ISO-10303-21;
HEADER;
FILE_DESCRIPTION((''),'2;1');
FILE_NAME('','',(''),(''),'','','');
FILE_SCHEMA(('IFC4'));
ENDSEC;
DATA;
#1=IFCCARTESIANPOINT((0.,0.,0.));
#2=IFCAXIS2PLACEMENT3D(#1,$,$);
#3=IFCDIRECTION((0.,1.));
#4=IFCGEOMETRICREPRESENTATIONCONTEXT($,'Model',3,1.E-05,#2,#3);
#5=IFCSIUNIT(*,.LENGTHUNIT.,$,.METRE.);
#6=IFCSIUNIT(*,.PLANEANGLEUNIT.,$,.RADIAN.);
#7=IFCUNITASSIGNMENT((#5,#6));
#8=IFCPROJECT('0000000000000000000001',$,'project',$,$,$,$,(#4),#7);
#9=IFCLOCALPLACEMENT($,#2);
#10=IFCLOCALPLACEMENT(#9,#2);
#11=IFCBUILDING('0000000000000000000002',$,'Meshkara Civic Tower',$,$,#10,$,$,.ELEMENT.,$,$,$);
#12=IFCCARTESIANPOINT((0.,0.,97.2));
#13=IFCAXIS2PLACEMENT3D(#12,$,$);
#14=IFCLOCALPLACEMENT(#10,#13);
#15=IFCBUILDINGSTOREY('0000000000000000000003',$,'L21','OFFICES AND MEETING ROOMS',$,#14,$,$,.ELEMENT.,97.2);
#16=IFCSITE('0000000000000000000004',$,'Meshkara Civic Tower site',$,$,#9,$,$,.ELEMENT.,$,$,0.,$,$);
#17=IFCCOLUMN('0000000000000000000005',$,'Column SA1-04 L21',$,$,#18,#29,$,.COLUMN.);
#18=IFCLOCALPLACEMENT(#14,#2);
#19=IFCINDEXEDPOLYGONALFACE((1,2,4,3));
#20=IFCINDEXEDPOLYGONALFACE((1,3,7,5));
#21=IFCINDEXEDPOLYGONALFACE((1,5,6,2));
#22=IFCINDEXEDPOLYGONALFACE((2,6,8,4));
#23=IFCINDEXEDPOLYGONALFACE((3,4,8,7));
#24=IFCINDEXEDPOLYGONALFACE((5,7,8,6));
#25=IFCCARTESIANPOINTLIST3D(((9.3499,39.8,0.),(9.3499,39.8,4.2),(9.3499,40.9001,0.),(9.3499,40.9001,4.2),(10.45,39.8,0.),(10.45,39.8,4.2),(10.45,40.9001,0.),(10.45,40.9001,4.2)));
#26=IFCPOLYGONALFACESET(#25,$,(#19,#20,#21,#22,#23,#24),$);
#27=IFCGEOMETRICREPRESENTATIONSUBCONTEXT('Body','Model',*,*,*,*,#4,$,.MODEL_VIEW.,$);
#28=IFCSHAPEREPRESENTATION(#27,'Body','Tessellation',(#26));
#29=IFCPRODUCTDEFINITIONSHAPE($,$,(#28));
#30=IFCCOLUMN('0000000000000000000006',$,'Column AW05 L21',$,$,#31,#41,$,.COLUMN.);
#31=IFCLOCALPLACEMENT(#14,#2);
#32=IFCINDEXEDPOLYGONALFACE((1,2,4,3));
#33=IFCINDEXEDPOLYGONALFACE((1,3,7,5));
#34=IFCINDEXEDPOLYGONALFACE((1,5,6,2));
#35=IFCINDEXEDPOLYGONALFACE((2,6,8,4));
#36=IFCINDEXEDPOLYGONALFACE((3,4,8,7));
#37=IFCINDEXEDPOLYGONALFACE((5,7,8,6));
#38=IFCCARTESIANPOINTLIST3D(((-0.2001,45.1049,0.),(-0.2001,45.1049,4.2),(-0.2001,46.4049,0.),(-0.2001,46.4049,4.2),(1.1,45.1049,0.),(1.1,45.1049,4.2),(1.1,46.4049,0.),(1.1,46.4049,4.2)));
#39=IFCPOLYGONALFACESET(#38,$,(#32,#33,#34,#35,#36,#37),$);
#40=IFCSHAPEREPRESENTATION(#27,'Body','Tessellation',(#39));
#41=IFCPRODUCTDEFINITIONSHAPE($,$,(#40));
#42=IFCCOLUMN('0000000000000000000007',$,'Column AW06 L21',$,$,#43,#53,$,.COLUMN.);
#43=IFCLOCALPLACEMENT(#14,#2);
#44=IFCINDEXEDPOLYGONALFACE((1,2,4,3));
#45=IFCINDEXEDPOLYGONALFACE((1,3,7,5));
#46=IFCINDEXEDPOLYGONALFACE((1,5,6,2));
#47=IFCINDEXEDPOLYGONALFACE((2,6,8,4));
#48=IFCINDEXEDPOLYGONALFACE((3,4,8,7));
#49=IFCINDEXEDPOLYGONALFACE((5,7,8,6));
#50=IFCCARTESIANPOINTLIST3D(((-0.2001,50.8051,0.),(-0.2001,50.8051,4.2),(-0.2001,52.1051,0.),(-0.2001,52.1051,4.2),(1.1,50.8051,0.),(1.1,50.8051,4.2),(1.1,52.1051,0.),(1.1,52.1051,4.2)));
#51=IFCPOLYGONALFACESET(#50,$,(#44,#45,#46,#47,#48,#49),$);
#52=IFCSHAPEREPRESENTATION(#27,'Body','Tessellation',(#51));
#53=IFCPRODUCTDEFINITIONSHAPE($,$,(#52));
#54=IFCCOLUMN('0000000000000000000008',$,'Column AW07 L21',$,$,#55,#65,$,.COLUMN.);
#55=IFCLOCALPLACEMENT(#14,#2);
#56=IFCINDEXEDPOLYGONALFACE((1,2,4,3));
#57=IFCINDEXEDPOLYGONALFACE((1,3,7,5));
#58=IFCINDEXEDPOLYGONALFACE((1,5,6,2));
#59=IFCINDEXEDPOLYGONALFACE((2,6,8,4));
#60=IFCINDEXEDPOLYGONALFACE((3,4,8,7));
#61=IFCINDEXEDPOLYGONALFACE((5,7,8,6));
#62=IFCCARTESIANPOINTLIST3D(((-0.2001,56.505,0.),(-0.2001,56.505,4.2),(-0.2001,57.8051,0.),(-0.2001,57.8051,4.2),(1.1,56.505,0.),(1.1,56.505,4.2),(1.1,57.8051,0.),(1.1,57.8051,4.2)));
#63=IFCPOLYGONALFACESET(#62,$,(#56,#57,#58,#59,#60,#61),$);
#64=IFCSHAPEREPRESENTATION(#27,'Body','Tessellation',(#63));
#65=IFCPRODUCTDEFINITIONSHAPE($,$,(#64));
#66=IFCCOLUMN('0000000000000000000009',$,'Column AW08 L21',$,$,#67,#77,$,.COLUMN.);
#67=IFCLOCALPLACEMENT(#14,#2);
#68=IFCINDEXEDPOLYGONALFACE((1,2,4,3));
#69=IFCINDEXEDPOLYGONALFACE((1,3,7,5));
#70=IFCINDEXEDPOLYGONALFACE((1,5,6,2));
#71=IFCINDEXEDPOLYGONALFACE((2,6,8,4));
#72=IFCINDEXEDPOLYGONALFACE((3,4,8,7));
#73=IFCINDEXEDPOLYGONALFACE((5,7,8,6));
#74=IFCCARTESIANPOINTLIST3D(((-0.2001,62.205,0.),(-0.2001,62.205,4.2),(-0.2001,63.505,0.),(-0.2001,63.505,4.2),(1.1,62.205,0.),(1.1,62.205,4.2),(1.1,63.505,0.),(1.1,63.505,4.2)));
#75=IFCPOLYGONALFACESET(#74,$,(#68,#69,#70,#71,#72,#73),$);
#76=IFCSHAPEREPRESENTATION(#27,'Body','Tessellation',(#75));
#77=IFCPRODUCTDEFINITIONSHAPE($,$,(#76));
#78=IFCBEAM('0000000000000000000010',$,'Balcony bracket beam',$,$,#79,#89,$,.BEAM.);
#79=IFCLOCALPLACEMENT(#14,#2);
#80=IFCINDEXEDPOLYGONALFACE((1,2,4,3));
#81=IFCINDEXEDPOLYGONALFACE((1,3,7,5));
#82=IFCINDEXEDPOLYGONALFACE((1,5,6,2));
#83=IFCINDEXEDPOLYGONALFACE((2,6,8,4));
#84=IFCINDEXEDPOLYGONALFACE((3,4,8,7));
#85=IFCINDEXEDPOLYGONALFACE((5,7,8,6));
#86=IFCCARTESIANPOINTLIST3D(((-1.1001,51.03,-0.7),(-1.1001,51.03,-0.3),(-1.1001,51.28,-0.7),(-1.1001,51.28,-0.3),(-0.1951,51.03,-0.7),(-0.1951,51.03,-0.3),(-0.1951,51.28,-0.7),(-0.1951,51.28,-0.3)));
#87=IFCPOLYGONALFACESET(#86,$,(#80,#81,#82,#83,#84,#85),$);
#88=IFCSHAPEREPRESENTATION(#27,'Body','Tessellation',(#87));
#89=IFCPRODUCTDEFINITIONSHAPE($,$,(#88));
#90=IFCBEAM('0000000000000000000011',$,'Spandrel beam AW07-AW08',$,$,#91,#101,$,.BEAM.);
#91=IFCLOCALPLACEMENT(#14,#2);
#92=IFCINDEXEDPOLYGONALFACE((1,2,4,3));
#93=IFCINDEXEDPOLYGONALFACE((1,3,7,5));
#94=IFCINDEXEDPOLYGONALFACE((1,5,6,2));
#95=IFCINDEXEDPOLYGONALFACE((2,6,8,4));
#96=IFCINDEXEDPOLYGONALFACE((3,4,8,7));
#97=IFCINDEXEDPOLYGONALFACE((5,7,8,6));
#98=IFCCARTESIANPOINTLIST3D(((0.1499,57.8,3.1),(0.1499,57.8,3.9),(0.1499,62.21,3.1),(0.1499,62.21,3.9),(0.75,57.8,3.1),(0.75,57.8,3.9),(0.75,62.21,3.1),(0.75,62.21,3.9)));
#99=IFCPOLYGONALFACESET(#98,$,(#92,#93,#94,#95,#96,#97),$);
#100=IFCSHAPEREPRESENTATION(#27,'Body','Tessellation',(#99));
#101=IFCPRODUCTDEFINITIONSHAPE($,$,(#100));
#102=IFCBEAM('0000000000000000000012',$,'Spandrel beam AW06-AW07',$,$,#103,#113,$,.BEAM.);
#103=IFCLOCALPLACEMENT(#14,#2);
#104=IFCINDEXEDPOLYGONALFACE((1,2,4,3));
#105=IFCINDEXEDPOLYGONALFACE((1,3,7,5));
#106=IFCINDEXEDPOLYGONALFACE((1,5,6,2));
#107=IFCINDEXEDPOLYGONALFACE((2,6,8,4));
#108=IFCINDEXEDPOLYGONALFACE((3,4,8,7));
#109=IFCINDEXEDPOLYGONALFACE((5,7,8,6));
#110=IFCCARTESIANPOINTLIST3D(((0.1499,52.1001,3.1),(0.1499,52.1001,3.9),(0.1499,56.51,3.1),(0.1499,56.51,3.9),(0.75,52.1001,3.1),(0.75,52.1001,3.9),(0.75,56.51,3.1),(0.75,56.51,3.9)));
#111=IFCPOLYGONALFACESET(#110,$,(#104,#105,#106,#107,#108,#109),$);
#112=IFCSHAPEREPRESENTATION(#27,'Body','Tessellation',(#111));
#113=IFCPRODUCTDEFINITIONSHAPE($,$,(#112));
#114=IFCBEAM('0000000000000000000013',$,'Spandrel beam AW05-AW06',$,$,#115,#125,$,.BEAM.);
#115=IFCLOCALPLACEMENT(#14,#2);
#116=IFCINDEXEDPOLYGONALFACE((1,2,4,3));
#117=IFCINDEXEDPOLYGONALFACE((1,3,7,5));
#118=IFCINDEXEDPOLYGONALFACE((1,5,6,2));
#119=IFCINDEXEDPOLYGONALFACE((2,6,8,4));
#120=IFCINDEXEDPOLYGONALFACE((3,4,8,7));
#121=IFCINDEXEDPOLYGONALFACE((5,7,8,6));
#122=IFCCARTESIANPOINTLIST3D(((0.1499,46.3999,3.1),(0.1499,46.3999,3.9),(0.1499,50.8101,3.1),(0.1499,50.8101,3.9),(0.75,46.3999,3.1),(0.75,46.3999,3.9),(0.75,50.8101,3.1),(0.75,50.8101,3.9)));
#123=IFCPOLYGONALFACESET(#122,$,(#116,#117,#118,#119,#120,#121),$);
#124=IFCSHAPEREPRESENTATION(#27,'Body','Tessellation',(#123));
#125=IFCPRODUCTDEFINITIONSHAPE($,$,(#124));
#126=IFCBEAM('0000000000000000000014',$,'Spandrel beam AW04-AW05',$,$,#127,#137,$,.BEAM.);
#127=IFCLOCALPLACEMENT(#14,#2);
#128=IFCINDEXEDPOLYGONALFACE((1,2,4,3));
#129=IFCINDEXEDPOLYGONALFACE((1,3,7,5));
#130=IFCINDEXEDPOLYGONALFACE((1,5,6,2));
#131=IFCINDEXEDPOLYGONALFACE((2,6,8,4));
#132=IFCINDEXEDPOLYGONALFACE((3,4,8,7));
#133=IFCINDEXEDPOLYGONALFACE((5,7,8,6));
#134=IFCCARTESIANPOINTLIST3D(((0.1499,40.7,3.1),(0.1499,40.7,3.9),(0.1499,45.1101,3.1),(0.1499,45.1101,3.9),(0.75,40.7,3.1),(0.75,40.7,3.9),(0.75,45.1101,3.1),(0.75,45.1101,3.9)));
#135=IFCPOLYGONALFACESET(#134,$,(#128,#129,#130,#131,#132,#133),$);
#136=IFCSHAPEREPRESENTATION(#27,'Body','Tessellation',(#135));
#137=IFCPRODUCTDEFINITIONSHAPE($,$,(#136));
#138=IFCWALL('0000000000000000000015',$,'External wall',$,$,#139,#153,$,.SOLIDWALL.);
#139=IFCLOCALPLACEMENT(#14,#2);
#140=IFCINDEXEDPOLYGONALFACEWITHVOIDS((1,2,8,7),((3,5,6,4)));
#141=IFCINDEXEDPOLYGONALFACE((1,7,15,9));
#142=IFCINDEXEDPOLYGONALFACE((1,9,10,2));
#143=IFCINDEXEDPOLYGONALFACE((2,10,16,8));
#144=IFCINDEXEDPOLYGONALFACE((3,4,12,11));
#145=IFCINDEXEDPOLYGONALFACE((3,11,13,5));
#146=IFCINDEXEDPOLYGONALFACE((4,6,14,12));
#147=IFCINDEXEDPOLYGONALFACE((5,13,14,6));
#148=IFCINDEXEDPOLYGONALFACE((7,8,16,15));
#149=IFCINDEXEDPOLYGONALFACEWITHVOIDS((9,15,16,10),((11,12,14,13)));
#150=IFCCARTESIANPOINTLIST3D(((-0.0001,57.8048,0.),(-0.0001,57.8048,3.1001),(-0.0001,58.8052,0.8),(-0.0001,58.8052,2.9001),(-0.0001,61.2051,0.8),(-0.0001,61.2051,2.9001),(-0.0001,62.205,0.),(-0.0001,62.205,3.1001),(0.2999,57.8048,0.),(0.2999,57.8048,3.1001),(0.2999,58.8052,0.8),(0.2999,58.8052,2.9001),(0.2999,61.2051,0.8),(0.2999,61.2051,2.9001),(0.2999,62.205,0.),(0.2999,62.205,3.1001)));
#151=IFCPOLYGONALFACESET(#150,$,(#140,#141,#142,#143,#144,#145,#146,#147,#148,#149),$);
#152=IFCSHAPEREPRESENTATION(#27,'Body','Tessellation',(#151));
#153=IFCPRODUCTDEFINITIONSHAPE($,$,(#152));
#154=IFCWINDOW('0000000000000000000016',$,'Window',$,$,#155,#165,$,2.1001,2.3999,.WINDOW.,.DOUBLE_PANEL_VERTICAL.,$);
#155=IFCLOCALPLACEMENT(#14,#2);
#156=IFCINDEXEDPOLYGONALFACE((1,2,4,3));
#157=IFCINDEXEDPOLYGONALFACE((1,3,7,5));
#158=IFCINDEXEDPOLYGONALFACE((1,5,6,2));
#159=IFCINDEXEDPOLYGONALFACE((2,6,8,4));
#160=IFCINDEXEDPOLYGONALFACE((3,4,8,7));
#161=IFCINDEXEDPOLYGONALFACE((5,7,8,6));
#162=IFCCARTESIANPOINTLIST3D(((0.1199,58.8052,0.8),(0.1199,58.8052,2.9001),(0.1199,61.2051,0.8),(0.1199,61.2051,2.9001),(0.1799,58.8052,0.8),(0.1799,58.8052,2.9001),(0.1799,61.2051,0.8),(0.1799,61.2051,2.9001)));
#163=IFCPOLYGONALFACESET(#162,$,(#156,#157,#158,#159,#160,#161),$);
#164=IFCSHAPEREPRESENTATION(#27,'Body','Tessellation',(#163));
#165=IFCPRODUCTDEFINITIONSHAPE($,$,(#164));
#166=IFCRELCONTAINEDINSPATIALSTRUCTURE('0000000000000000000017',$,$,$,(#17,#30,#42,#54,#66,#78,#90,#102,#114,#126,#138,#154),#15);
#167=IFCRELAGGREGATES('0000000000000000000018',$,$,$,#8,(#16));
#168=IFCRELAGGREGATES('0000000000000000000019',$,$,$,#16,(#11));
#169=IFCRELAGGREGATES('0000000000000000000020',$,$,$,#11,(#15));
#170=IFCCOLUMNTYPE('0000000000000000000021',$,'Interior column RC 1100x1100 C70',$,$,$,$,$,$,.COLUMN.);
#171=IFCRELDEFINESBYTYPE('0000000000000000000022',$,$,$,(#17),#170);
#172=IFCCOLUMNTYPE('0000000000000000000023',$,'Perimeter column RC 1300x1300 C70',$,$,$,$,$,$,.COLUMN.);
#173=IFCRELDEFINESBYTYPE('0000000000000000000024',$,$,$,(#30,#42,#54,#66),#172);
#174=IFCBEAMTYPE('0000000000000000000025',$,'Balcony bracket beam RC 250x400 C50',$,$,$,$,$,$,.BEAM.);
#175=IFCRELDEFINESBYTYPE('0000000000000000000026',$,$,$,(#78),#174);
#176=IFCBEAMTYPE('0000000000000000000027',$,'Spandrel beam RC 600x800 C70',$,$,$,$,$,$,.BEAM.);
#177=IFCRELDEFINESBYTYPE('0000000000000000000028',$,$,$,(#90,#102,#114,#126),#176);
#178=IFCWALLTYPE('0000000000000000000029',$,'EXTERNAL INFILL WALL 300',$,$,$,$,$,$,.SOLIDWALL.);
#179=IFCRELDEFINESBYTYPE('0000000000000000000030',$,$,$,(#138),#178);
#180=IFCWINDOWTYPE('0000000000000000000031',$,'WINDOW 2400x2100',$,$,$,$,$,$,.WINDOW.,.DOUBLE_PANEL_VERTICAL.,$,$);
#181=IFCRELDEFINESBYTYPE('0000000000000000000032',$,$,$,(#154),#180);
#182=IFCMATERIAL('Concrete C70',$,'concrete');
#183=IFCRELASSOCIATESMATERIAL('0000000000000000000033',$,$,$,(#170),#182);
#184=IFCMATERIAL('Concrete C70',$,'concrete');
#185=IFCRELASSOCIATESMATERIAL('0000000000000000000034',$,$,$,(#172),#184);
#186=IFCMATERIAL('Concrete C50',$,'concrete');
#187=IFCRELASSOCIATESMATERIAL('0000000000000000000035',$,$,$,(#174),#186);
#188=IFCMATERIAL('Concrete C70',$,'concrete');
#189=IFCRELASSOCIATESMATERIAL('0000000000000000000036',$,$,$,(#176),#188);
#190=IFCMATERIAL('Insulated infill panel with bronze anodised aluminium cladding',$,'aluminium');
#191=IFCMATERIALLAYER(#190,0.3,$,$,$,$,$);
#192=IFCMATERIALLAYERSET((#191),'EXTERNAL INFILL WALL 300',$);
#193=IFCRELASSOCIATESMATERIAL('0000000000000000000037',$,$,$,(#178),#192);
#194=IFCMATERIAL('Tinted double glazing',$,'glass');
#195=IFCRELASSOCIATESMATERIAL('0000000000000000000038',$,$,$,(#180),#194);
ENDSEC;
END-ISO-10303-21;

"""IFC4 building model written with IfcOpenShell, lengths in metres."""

from ifc_helpers import new_model, si_unit, direction, frame, frame_2d, origin, origin_2d, place, context, subcontext, project, spatial, rectangle, extrude, material, layer, layer_set, material_profile, profile_set, type_object, element, fill, save


model = new_model("IFC4")

# Units and contexts
model_context = context("Model", 3, precision=1e-05, world=origin(), true_north=direction((0.0, 1.0)))
body_context = subcontext(model_context, "Body", "Model", "MODEL_VIEW")
ifc_project = project(units=[si_unit("LENGTHUNIT", "METRE"), si_unit("PLANEANGLEUNIT", "RADIAN")], contexts=[model_context])

# Site, building, storey
site_placement = place(None, origin())
site = spatial("IfcSite", under=ifc_project, at=site_placement, Name="Meshkara Civic Tower site", CompositionType="ELEMENT", RefElevation=0.0)
building_placement = place(site_placement, origin())
building = spatial("IfcBuilding", under=site, at=building_placement, Name="Meshkara Civic Tower", CompositionType="ELEMENT")
storey_placement = place(building_placement, frame((0.0, 0.0, 97.2)))
storey = spatial("IfcBuildingStorey", under=building, at=storey_placement, Name="L21", Description="OFFICES AND MEETING ROOMS", CompositionType="ELEMENT", Elevation=97.2)

# Columns
ifc_material_1 = material(Name="Concrete C70", Category="concrete")
ifc_material_profile_1 = material_profile(ifc_material_1, rectangle(XDim=1.1001, YDim=1.1001, at=origin_2d()))
ifc_profile_set_1 = profile_set([ifc_material_profile_1], Name="Concrete C70")
column_type_1 = type_object("IfcColumnType", Name="Interior column RC 1100x1100 C70", PredefinedType="COLUMN", material=ifc_profile_set_1)
column_placement = place(storey_placement, frame((9.8999, 40.3501, 0.0), z_axis=(0.0, 0.0, 1.0), x_axis=(1.0, 0.0, 0.0)))
element("IfcColumn", 1, at=column_placement, inside=storey, type_object=column_type_1, Name="Column SA1-04 L21", PredefinedType="COLUMN", context=body_context, shape_type="SweptSolid", body=[
    extrude(rectangle(XDim=1.1001, YDim=1.1001, at=origin_2d()), origin(), (0.0, 0.0, 1.0), 4.2),
])
ifc_material_2 = material(Name="Concrete C70", Category="concrete")
ifc_material_profile_2 = material_profile(ifc_material_2, rectangle(XDim=1.3, YDim=1.3, at=origin_2d()))
ifc_profile_set_2 = profile_set([ifc_material_profile_2], Name="Concrete C70")
column_type_2 = type_object("IfcColumnType", Name="Perimeter column RC 1300x1300 C70", PredefinedType="COLUMN", material=ifc_profile_set_2)
for number, where, z_axis, x_axis, name in (
    (2, (0.45, 45.7549, 0.0), (0.0, 0.0, 1.0), (1.0, 0.0, 0.0), "Column AW05 L21"),
    (3, (0.45, 51.4551, 0.0), (0.0, 0.0, 1.0), (1.0, 0.0, 0.0), "Column AW06 L21"),
    (4, (0.45, 57.155, 0.0), (0.0, 0.0, 1.0), (1.0, 0.0, 0.0), "Column AW07 L21"),
    (5, (0.45, 62.855, 0.0), (0.0, 0.0, 1.0), (1.0, 0.0, 0.0), "Column AW08 L21"),
):
    element("IfcColumn", number, at=place(storey_placement, frame(where, z_axis=z_axis, x_axis=x_axis)), inside=storey, type_object=column_type_2, Name=name, PredefinedType="COLUMN", context=body_context, shape_type="SweptSolid", body=[
        extrude(rectangle(XDim=1.3, YDim=1.3, at=origin_2d()), origin(), (0.0, 0.0, 1.0), 4.2),
    ])

# Beams
ifc_material_3 = material(Name="Concrete C50", Category="concrete")
ifc_material_profile_3 = material_profile(ifc_material_3, rectangle(XDim=0.25, YDim=0.3999, at=origin_2d()))
ifc_profile_set_3 = profile_set([ifc_material_profile_3], Name="Concrete C50")
beam_type_1 = type_object("IfcBeamType", Name="Balcony bracket beam RC 250x400 C50", PredefinedType="BEAM", material=ifc_profile_set_3)
beam_placement = place(storey_placement, frame((-0.1951, 51.155, -0.5), z_axis=(-1.0, 0.0, 0.0), x_axis=(0.0, -1.0, 0.0)))
element("IfcBeam", 6, at=beam_placement, inside=storey, type_object=beam_type_1, Name="Balcony bracket beam", PredefinedType="BEAM", context=body_context, shape_type="SweptSolid", body=[
    extrude(rectangle(XDim=0.25, YDim=0.3999, at=origin_2d()), origin(), (0.0, 0.0, 1.0), 0.905),
])
ifc_material_4 = material(Name="Concrete C70", Category="concrete")
ifc_material_profile_4 = material_profile(ifc_material_4, rectangle(XDim=0.6001, YDim=0.8, at=origin_2d()))
ifc_profile_set_4 = profile_set([ifc_material_profile_4], Name="Concrete C70")
beam_type_2 = type_object("IfcBeamType", Name="Spandrel beam RC 600x800 C70", PredefinedType="BEAM", material=ifc_profile_set_4)
for number, where, z_axis, x_axis, name in (
    (7, (0.45, 62.21, 3.5), (0.0, -1.0, 0.0), (1.0, 0.0, 0.0), "Spandrel beam AW07-AW08"),
    (8, (0.45, 56.51, 3.5), (0.0, -1.0, 0.0), (1.0, 0.0, 0.0), "Spandrel beam AW06-AW07"),
):
    element("IfcBeam", number, at=place(storey_placement, frame(where, z_axis=z_axis, x_axis=x_axis)), inside=storey, type_object=beam_type_2, Name=name, PredefinedType="BEAM", context=body_context, shape_type="SweptSolid", body=[
        extrude(rectangle(XDim=0.6001, YDim=0.8, at=origin_2d()), origin(), (0.0, 0.0, 1.0), 4.4099),
    ])
for number, where, z_axis, x_axis, name in (
    (9, (0.45, 50.8101, 3.5), (0.0, -1.0, 0.0), (1.0, 0.0, 0.0), "Spandrel beam AW05-AW06"),
    (10, (0.45, 45.1101, 3.5), (0.0, -1.0, 0.0), (1.0, 0.0, 0.0), "Spandrel beam AW04-AW05"),
):
    element("IfcBeam", number, at=place(storey_placement, frame(where, z_axis=z_axis, x_axis=x_axis)), inside=storey, type_object=beam_type_2, Name=name, PredefinedType="BEAM", context=body_context, shape_type="SweptSolid", body=[
        extrude(rectangle(XDim=0.6001, YDim=0.8, at=origin_2d()), origin(), (0.0, 0.0, 1.0), 4.4102),
    ])

# Wall, opening, window
ifc_material_5 = material(Name="Insulated infill panel with bronze anodised aluminium cladding", Category="aluminium")
ifc_layer_1 = layer(ifc_material_5, 0.3)
ifc_layer_set_1 = layer_set([ifc_layer_1], Name="EXTERNAL INFILL WALL 300")
wall_type_1 = type_object("IfcWallType", Name="EXTERNAL INFILL WALL 300", PredefinedType="SOLIDWALL", material=ifc_layer_set_1)
wall_1_placement = place(storey_placement, frame((0.1499, 62.2051, 0.0), z_axis=(0.0, 0.0, 1.0), x_axis=(0.0, -1.0, 0.0)))
wall_1 = element("IfcWall", 11, at=wall_1_placement, inside=storey, type_object=wall_type_1, Name="External wall", PredefinedType="SOLIDWALL", context=body_context, shape_type="SweptSolid", body=[
    extrude(rectangle(XDim=4.4001, YDim=0.3, at=frame_2d((2.2002, 0.0))), origin(), (0.0, 0.0, 1.0), 3.1001),
])
opening_1_placement = place(wall_1_placement, frame((1.0, 0.0, 0.8)))
opening_1 = element("IfcOpeningElement", 12, at=opening_1_placement, cuts=wall_1, PredefinedType="OPENING", context=body_context, shape_type="SweptSolid", body=[
    extrude(rectangle(XDim=2.3999, YDim=2.1001, at=frame_2d((1.2, 1.05))), frame((0.0, 0.1599, 0.0), z_axis=(0.0, -1.0, 0.0), x_axis=(1.0, 0.0, 0.0)), (0.0, 0.0, 1.0), 0.3201),
])
ifc_material_6 = material(Name="Tinted double glazing", Category="glass")
window_type = type_object("IfcWindowType", Name="WINDOW 2400x2100", PartitioningType="DOUBLE_PANEL_VERTICAL", PredefinedType="WINDOW", material=ifc_material_6)
window_1_placement = place(opening_1_placement, origin())
window_1 = element("IfcWindow", 13, at=window_1_placement, inside=storey, type_object=window_type, Name="Window", OverallHeight=2.1001, OverallWidth=2.3999, PartitioningType="DOUBLE_PANEL_VERTICAL", PredefinedType="WINDOW", context=body_context, shape_type="SweptSolid", body=[
    extrude(rectangle(XDim=2.3999, YDim=2.1001, at=frame_2d((1.2, 1.05))), frame((0.0, 0.03, 0.0), z_axis=(0.0, -1.0, 0.0), x_axis=(1.0, 0.0, 0.0)), (0.0, 0.0, 1.0), 0.0601),
])
fill(opening_1, window_1)

save(model, "model.ifc")
